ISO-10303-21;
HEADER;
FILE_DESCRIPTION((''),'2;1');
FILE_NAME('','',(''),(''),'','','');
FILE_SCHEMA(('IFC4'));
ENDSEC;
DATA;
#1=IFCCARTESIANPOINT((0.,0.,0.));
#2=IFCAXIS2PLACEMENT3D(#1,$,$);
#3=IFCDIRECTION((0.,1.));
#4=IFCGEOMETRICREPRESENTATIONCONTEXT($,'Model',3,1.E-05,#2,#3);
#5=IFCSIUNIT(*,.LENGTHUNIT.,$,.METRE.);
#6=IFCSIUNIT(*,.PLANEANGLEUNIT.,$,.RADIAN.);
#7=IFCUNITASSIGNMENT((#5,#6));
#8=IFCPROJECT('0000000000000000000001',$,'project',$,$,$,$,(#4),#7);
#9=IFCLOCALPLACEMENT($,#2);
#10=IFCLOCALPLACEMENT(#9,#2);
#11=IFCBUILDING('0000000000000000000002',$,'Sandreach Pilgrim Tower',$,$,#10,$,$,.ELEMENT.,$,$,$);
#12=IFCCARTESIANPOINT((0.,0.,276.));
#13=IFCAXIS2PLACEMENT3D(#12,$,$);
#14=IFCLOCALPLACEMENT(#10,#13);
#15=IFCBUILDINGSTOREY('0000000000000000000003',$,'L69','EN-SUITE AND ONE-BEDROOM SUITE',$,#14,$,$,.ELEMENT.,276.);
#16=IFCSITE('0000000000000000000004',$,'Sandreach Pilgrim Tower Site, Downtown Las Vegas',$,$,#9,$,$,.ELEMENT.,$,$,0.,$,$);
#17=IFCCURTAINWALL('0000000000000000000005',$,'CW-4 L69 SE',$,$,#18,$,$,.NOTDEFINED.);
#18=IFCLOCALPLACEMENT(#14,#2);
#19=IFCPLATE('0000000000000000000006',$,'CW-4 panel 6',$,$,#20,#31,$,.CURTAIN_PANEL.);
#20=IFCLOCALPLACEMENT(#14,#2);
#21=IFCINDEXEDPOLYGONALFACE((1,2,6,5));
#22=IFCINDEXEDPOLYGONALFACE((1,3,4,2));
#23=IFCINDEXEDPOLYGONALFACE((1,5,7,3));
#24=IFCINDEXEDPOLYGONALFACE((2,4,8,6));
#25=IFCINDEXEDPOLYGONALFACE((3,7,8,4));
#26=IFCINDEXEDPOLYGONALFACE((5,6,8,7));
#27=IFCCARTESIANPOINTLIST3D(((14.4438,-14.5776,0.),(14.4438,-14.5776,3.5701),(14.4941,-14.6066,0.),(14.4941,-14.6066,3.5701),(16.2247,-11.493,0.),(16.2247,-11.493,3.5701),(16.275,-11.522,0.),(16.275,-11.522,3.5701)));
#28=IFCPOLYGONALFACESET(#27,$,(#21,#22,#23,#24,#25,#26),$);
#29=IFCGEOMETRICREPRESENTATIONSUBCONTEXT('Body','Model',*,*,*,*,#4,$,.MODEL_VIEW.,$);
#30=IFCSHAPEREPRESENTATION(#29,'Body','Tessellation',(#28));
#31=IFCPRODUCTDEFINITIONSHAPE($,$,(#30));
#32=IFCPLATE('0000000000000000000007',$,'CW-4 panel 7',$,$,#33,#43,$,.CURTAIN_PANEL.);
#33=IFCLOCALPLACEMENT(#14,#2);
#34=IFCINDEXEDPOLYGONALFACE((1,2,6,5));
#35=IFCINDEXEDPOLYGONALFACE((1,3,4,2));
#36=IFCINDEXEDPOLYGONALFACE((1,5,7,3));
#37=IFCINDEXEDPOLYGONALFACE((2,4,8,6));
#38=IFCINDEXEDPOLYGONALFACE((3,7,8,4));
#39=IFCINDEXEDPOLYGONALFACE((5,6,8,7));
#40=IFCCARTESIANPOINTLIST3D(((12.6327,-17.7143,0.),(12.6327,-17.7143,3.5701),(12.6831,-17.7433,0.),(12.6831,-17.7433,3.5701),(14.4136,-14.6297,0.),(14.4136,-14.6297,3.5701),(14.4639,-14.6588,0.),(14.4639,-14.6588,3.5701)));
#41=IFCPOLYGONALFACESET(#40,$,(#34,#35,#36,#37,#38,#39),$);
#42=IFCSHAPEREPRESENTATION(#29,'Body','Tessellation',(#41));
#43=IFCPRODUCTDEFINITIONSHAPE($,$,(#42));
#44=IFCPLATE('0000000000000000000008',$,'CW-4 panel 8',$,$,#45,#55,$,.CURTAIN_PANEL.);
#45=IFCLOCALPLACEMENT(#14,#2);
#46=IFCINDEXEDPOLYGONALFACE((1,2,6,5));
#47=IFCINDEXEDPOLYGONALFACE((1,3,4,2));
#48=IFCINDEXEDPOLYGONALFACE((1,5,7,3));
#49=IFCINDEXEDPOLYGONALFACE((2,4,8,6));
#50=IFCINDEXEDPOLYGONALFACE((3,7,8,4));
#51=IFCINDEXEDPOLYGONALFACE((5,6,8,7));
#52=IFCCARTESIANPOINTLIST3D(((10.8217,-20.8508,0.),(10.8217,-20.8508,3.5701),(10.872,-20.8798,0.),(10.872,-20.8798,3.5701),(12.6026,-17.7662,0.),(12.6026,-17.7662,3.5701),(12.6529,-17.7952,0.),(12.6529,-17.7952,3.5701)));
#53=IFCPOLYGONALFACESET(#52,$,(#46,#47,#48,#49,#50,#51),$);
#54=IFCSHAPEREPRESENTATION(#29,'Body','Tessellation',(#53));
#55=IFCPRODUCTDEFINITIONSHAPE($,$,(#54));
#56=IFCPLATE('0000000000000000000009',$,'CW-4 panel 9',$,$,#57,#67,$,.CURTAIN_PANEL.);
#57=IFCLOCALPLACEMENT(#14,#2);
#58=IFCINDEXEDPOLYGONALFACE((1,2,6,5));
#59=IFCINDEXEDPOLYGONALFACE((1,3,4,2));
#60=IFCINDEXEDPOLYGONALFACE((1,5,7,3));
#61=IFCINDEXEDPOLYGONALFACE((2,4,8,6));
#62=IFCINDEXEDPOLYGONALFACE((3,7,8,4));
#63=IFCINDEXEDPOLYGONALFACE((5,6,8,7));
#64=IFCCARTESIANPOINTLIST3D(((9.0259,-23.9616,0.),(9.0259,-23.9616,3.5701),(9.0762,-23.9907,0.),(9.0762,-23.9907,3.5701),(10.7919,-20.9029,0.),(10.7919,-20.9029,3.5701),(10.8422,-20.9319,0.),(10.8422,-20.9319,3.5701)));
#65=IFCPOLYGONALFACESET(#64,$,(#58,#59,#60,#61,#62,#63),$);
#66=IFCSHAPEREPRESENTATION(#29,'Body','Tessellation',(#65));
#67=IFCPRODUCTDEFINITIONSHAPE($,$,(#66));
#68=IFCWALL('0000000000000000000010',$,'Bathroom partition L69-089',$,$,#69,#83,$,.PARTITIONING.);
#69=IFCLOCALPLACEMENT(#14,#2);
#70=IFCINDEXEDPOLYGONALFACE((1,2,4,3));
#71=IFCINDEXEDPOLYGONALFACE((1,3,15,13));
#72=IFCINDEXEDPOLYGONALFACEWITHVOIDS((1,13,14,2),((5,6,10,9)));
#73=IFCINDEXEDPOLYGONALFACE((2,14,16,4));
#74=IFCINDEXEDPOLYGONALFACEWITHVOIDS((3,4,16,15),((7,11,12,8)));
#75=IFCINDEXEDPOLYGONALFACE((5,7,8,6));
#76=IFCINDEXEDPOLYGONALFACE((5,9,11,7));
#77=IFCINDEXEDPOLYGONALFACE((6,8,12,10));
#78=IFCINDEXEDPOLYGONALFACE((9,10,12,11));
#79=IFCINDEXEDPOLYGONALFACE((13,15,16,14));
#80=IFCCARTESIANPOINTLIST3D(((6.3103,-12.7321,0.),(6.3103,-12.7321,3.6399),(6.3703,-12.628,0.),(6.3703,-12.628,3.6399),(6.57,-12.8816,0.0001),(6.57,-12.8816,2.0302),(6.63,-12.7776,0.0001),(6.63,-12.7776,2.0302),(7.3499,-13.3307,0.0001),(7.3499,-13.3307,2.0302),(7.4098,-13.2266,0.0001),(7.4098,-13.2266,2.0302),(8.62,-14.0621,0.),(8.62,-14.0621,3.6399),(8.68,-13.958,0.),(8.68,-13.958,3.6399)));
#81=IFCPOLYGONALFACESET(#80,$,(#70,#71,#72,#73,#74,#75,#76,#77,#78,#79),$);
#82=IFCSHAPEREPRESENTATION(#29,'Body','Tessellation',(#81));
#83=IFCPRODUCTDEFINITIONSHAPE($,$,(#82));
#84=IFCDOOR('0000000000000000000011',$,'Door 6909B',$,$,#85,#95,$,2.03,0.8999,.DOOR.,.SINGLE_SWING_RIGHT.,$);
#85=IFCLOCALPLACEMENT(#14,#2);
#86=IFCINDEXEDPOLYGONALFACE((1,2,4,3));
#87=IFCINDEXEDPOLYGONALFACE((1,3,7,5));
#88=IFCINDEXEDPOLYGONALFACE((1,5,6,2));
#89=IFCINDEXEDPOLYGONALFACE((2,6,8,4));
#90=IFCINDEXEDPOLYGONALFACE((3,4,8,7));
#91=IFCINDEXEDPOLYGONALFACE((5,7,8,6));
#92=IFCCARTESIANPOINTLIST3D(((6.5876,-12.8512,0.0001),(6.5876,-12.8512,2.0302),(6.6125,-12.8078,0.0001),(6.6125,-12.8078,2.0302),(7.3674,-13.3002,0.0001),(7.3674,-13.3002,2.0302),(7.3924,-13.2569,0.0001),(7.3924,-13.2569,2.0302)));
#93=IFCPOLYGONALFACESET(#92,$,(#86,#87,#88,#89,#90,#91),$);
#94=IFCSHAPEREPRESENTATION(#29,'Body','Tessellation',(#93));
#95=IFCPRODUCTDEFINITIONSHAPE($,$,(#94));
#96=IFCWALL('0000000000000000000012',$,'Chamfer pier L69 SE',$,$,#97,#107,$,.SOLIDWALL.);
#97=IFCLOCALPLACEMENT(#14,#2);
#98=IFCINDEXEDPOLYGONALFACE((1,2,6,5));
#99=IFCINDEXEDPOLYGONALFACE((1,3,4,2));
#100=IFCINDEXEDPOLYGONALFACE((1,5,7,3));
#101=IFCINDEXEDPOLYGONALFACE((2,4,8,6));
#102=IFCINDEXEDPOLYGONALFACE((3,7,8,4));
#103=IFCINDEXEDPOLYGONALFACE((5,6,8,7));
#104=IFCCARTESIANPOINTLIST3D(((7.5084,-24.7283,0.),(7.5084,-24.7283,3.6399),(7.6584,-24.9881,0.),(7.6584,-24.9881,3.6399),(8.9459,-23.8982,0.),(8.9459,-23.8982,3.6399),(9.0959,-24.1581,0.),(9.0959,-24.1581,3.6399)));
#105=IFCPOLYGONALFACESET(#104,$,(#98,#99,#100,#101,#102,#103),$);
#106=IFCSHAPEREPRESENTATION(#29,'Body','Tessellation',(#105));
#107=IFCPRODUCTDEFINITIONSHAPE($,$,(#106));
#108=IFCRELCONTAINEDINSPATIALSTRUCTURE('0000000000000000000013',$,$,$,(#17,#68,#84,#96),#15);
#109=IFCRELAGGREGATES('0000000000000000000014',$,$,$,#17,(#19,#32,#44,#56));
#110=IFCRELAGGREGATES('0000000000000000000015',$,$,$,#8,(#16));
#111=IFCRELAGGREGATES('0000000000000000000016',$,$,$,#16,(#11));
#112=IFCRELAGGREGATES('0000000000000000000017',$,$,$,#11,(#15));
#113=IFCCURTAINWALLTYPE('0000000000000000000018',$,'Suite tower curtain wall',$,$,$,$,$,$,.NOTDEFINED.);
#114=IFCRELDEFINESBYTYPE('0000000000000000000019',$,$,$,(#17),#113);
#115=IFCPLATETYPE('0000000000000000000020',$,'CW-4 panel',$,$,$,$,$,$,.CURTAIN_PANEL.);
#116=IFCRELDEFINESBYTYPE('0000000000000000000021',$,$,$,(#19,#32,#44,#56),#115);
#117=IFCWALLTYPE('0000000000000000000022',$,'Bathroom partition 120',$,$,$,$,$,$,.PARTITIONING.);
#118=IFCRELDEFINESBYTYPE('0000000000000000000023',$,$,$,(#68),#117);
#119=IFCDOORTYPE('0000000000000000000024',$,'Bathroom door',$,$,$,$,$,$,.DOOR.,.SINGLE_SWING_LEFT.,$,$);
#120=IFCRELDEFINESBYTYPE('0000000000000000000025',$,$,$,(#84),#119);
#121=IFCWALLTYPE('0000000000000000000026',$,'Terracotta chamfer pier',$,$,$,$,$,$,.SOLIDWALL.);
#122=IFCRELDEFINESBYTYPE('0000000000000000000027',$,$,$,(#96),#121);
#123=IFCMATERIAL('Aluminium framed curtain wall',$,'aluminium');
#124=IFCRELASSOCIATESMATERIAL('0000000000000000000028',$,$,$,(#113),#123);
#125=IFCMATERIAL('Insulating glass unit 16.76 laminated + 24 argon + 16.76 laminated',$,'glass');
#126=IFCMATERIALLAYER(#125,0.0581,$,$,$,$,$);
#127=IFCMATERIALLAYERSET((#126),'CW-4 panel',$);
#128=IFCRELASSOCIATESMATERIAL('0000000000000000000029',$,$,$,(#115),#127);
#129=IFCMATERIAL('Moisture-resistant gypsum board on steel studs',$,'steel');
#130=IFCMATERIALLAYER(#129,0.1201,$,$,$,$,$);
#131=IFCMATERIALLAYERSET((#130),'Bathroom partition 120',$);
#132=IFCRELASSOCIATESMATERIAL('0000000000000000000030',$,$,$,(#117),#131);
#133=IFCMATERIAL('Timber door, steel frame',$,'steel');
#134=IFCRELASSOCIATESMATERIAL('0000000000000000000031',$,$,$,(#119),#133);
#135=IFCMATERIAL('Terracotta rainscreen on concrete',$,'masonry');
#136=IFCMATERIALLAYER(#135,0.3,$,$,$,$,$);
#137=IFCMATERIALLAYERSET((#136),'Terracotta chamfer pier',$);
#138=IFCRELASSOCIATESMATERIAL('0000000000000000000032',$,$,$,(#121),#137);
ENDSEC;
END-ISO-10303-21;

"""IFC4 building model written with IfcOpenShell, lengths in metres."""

from ifc_helpers import new_model, si_unit, direction, frame, frame_2d, origin, origin_2d, place, context, subcontext, project, spatial, rectangle, extrude, material, layer, layer_set, type_object, element, fill, aggregate, save


model = new_model("IFC4")

# Units and contexts
model_context = context("Model", 3, precision=1e-05, world=origin(), true_north=direction((0.0, 1.0)))
body_context = subcontext(model_context, "Body", "Model", "MODEL_VIEW")
ifc_project = project(units=[si_unit("LENGTHUNIT", "METRE"), si_unit("PLANEANGLEUNIT", "RADIAN")], contexts=[model_context])

# Site, building, storey
site_placement = place(None, origin())
site = spatial("IfcSite", under=ifc_project, at=site_placement, Name="Sandreach Pilgrim Tower Site, Downtown Las Vegas", CompositionType="ELEMENT", RefElevation=0.0)
building_placement = place(site_placement, origin())
building = spatial("IfcBuilding", under=site, at=building_placement, Name="Sandreach Pilgrim Tower", CompositionType="ELEMENT")
storey_placement = place(building_placement, frame((0.0, 0.0, 276.0)))
storey = spatial("IfcBuildingStorey", under=building, at=storey_placement, Name="L69", Description="EN-SUITE AND ONE-BEDROOM SUITE", CompositionType="ELEMENT", Elevation=276.0)

# Curtain wall
ifc_material_1 = material(Name="Aluminium framed curtain wall", Category="aluminium")
curtain_wall_type = type_object("IfcCurtainWallType", Name="Suite tower curtain wall", PredefinedType="NOTDEFINED", material=ifc_material_1)
curtain_wall_1_placement = place(storey_placement, origin())
curtain_wall_1 = element("IfcCurtainWall", 1, at=curtain_wall_1_placement, inside=storey, type_object=curtain_wall_type, Name="CW-4 L69 SE", PredefinedType="NOTDEFINED")

# Plates
ifc_material_2 = material(Name="Insulating glass unit 16.76 laminated + 24 argon + 16.76 laminated", Category="glass")
ifc_layer_1 = layer(ifc_material_2, 0.0581)
ifc_layer_set_1 = layer_set([ifc_layer_1], Name="CW-4 panel")
plate_type = type_object("IfcPlateType", Name="CW-4 panel", PredefinedType="CURTAIN_PANEL", material=ifc_layer_set_1)
plate_1_placement = place(storey_placement, frame((15.3594, -13.0498, 0.0), z_axis=(0.0, 0.0, 1.0), x_axis=(-0.5, -0.866025, 0.0)))
plate_1 = element("IfcPlate", 2, at=plate_1_placement, type_object=plate_type, Name="CW-4 panel 6", PredefinedType="CURTAIN_PANEL", context=body_context, shape_type="SweptSolid", body=[
    extrude(rectangle(XDim=3.5618, YDim=0.0581, at=origin_2d()), origin(), (0.0, 0.0, 1.0), 3.5701),
])
plate_2_placement = place(storey_placement, frame((13.5483, -16.1865, 0.0), z_axis=(0.0, 0.0, 1.0), x_axis=(-0.5, -0.866025, 0.0)))
plate_2 = element("IfcPlate", 3, at=plate_2_placement, type_object=plate_type, Name="CW-4 panel 7", PredefinedType="CURTAIN_PANEL", context=body_context, shape_type="SweptSolid", body=[
    extrude(rectangle(XDim=3.5618, YDim=0.0581, at=origin_2d()), origin(), (0.0, 0.0, 1.0), 3.5701),
])
plate_3_placement = place(storey_placement, frame((11.7373, -19.323, 0.0), z_axis=(0.0, 0.0, 1.0), x_axis=(-0.5, -0.866025, 0.0)))
plate_3 = element("IfcPlate", 4, at=plate_3_placement, type_object=plate_type, Name="CW-4 panel 8", PredefinedType="CURTAIN_PANEL", context=body_context, shape_type="SweptSolid", body=[
    extrude(rectangle(XDim=3.5618, YDim=0.0581, at=origin_2d()), origin(), (0.0, 0.0, 1.0), 3.5701),
])
plate_4_placement = place(storey_placement, frame((9.9341, -22.4468, 0.0), z_axis=(0.0, 0.0, 1.0), x_axis=(-0.5, -0.866025, 0.0)))
plate_4 = element("IfcPlate", 5, at=plate_4_placement, type_object=plate_type, Name="CW-4 panel 9", PredefinedType="CURTAIN_PANEL", context=body_context, shape_type="SweptSolid", body=[
    extrude(rectangle(XDim=3.532, YDim=0.0581, at=origin_2d()), origin(), (0.0, 0.0, 1.0), 3.5701),
])
aggregate(curtain_wall_1, [plate_1, plate_2, plate_3, plate_4])

# Wall, opening, door
ifc_material_3 = material(Name="Moisture-resistant gypsum board on steel studs", Category="steel")
ifc_layer_2 = layer(ifc_material_3, 0.1201)
ifc_layer_set_2 = layer_set([ifc_layer_2], Name="Bathroom partition 120")
wall_type_1 = type_object("IfcWallType", Name="Bathroom partition 120", PredefinedType="PARTITIONING", material=ifc_layer_set_2)
wall_1_placement = place(storey_placement, frame((8.6499, -14.01, 0.0), z_axis=(0.0, 0.0, 1.0), x_axis=(-0.866592, 0.499017, 0.0)))
wall_1 = element("IfcWall", 6, at=wall_1_placement, inside=storey, type_object=wall_type_1, Name="Bathroom partition L69-089", PredefinedType="PARTITIONING", context=body_context, shape_type="SweptSolid", body=[
    extrude(rectangle(XDim=2.6653, YDim=0.1201, at=frame_2d((1.3325, 0.0))), origin(), (0.0, 0.0, 1.0), 3.6399),
])
opening_placement = place(wall_1_placement, frame((1.4656, 0.0, 0.0)))
opening = element("IfcOpeningElement", 7, at=opening_placement, cuts=wall_1, PredefinedType="OPENING", context=body_context, shape_type="SweptSolid", body=[
    extrude(rectangle(XDim=0.8999, YDim=2.03, at=frame_2d((0.45, 1.0151))), frame((0.0, 0.0601, 0.0), z_axis=(0.0, -1.0, 0.0), x_axis=(1.0, 0.0, 0.0)), (0.0, 0.0, 1.0), 0.1201),
])
ifc_material_4 = material(Name="Timber door, steel frame", Category="steel")
door_type = type_object("IfcDoorType", Name="Bathroom door", OperationType="SINGLE_SWING_LEFT", PredefinedType="DOOR", material=ifc_material_4)
door_placement = place(opening_placement, origin())
door = element("IfcDoor", 8, at=door_placement, inside=storey, type_object=door_type, Name="Door 6909B", OperationType="SINGLE_SWING_RIGHT", OverallHeight=2.03, OverallWidth=0.8999, PredefinedType="DOOR", context=body_context, shape_type="SweptSolid", body=[
    extrude(rectangle(XDim=0.8999, YDim=2.03, at=frame_2d((0.45, 1.0151))), frame((0.0, 0.0249, 0.0), z_axis=(0.0, -1.0, 0.0), x_axis=(1.0, 0.0, 0.0)), (0.0, 0.0, 1.0), 0.05),
])
fill(opening, door)

# Wall
ifc_material_5 = material(Name="Terracotta rainscreen on concrete", Category="masonry")
ifc_layer_3 = layer(ifc_material_5, 0.3)
ifc_layer_set_3 = layer_set([ifc_layer_3], Name="Terracotta chamfer pier")
wall_type_2 = type_object("IfcWallType", Name="Terracotta chamfer pier", PredefinedType="SOLIDWALL", material=ifc_layer_set_3)
wall_2_placement = place(storey_placement, frame((9.021, -24.0281, 0.0), z_axis=(0.0, 0.0, 1.0), x_axis=(-0.86599, -0.500062, 0.0)))
element("IfcWall", 9, at=wall_2_placement, inside=storey, type_object=wall_type_2, Name="Chamfer pier L69 SE", PredefinedType="SOLIDWALL", context=body_context, shape_type="SweptSolid", body=[
    extrude(rectangle(XDim=1.6599, YDim=0.3, at=frame_2d((0.8301, 0.0))), origin(), (0.0, 0.0, 1.0), 3.6399),
])

save(model, "model.ifc")
